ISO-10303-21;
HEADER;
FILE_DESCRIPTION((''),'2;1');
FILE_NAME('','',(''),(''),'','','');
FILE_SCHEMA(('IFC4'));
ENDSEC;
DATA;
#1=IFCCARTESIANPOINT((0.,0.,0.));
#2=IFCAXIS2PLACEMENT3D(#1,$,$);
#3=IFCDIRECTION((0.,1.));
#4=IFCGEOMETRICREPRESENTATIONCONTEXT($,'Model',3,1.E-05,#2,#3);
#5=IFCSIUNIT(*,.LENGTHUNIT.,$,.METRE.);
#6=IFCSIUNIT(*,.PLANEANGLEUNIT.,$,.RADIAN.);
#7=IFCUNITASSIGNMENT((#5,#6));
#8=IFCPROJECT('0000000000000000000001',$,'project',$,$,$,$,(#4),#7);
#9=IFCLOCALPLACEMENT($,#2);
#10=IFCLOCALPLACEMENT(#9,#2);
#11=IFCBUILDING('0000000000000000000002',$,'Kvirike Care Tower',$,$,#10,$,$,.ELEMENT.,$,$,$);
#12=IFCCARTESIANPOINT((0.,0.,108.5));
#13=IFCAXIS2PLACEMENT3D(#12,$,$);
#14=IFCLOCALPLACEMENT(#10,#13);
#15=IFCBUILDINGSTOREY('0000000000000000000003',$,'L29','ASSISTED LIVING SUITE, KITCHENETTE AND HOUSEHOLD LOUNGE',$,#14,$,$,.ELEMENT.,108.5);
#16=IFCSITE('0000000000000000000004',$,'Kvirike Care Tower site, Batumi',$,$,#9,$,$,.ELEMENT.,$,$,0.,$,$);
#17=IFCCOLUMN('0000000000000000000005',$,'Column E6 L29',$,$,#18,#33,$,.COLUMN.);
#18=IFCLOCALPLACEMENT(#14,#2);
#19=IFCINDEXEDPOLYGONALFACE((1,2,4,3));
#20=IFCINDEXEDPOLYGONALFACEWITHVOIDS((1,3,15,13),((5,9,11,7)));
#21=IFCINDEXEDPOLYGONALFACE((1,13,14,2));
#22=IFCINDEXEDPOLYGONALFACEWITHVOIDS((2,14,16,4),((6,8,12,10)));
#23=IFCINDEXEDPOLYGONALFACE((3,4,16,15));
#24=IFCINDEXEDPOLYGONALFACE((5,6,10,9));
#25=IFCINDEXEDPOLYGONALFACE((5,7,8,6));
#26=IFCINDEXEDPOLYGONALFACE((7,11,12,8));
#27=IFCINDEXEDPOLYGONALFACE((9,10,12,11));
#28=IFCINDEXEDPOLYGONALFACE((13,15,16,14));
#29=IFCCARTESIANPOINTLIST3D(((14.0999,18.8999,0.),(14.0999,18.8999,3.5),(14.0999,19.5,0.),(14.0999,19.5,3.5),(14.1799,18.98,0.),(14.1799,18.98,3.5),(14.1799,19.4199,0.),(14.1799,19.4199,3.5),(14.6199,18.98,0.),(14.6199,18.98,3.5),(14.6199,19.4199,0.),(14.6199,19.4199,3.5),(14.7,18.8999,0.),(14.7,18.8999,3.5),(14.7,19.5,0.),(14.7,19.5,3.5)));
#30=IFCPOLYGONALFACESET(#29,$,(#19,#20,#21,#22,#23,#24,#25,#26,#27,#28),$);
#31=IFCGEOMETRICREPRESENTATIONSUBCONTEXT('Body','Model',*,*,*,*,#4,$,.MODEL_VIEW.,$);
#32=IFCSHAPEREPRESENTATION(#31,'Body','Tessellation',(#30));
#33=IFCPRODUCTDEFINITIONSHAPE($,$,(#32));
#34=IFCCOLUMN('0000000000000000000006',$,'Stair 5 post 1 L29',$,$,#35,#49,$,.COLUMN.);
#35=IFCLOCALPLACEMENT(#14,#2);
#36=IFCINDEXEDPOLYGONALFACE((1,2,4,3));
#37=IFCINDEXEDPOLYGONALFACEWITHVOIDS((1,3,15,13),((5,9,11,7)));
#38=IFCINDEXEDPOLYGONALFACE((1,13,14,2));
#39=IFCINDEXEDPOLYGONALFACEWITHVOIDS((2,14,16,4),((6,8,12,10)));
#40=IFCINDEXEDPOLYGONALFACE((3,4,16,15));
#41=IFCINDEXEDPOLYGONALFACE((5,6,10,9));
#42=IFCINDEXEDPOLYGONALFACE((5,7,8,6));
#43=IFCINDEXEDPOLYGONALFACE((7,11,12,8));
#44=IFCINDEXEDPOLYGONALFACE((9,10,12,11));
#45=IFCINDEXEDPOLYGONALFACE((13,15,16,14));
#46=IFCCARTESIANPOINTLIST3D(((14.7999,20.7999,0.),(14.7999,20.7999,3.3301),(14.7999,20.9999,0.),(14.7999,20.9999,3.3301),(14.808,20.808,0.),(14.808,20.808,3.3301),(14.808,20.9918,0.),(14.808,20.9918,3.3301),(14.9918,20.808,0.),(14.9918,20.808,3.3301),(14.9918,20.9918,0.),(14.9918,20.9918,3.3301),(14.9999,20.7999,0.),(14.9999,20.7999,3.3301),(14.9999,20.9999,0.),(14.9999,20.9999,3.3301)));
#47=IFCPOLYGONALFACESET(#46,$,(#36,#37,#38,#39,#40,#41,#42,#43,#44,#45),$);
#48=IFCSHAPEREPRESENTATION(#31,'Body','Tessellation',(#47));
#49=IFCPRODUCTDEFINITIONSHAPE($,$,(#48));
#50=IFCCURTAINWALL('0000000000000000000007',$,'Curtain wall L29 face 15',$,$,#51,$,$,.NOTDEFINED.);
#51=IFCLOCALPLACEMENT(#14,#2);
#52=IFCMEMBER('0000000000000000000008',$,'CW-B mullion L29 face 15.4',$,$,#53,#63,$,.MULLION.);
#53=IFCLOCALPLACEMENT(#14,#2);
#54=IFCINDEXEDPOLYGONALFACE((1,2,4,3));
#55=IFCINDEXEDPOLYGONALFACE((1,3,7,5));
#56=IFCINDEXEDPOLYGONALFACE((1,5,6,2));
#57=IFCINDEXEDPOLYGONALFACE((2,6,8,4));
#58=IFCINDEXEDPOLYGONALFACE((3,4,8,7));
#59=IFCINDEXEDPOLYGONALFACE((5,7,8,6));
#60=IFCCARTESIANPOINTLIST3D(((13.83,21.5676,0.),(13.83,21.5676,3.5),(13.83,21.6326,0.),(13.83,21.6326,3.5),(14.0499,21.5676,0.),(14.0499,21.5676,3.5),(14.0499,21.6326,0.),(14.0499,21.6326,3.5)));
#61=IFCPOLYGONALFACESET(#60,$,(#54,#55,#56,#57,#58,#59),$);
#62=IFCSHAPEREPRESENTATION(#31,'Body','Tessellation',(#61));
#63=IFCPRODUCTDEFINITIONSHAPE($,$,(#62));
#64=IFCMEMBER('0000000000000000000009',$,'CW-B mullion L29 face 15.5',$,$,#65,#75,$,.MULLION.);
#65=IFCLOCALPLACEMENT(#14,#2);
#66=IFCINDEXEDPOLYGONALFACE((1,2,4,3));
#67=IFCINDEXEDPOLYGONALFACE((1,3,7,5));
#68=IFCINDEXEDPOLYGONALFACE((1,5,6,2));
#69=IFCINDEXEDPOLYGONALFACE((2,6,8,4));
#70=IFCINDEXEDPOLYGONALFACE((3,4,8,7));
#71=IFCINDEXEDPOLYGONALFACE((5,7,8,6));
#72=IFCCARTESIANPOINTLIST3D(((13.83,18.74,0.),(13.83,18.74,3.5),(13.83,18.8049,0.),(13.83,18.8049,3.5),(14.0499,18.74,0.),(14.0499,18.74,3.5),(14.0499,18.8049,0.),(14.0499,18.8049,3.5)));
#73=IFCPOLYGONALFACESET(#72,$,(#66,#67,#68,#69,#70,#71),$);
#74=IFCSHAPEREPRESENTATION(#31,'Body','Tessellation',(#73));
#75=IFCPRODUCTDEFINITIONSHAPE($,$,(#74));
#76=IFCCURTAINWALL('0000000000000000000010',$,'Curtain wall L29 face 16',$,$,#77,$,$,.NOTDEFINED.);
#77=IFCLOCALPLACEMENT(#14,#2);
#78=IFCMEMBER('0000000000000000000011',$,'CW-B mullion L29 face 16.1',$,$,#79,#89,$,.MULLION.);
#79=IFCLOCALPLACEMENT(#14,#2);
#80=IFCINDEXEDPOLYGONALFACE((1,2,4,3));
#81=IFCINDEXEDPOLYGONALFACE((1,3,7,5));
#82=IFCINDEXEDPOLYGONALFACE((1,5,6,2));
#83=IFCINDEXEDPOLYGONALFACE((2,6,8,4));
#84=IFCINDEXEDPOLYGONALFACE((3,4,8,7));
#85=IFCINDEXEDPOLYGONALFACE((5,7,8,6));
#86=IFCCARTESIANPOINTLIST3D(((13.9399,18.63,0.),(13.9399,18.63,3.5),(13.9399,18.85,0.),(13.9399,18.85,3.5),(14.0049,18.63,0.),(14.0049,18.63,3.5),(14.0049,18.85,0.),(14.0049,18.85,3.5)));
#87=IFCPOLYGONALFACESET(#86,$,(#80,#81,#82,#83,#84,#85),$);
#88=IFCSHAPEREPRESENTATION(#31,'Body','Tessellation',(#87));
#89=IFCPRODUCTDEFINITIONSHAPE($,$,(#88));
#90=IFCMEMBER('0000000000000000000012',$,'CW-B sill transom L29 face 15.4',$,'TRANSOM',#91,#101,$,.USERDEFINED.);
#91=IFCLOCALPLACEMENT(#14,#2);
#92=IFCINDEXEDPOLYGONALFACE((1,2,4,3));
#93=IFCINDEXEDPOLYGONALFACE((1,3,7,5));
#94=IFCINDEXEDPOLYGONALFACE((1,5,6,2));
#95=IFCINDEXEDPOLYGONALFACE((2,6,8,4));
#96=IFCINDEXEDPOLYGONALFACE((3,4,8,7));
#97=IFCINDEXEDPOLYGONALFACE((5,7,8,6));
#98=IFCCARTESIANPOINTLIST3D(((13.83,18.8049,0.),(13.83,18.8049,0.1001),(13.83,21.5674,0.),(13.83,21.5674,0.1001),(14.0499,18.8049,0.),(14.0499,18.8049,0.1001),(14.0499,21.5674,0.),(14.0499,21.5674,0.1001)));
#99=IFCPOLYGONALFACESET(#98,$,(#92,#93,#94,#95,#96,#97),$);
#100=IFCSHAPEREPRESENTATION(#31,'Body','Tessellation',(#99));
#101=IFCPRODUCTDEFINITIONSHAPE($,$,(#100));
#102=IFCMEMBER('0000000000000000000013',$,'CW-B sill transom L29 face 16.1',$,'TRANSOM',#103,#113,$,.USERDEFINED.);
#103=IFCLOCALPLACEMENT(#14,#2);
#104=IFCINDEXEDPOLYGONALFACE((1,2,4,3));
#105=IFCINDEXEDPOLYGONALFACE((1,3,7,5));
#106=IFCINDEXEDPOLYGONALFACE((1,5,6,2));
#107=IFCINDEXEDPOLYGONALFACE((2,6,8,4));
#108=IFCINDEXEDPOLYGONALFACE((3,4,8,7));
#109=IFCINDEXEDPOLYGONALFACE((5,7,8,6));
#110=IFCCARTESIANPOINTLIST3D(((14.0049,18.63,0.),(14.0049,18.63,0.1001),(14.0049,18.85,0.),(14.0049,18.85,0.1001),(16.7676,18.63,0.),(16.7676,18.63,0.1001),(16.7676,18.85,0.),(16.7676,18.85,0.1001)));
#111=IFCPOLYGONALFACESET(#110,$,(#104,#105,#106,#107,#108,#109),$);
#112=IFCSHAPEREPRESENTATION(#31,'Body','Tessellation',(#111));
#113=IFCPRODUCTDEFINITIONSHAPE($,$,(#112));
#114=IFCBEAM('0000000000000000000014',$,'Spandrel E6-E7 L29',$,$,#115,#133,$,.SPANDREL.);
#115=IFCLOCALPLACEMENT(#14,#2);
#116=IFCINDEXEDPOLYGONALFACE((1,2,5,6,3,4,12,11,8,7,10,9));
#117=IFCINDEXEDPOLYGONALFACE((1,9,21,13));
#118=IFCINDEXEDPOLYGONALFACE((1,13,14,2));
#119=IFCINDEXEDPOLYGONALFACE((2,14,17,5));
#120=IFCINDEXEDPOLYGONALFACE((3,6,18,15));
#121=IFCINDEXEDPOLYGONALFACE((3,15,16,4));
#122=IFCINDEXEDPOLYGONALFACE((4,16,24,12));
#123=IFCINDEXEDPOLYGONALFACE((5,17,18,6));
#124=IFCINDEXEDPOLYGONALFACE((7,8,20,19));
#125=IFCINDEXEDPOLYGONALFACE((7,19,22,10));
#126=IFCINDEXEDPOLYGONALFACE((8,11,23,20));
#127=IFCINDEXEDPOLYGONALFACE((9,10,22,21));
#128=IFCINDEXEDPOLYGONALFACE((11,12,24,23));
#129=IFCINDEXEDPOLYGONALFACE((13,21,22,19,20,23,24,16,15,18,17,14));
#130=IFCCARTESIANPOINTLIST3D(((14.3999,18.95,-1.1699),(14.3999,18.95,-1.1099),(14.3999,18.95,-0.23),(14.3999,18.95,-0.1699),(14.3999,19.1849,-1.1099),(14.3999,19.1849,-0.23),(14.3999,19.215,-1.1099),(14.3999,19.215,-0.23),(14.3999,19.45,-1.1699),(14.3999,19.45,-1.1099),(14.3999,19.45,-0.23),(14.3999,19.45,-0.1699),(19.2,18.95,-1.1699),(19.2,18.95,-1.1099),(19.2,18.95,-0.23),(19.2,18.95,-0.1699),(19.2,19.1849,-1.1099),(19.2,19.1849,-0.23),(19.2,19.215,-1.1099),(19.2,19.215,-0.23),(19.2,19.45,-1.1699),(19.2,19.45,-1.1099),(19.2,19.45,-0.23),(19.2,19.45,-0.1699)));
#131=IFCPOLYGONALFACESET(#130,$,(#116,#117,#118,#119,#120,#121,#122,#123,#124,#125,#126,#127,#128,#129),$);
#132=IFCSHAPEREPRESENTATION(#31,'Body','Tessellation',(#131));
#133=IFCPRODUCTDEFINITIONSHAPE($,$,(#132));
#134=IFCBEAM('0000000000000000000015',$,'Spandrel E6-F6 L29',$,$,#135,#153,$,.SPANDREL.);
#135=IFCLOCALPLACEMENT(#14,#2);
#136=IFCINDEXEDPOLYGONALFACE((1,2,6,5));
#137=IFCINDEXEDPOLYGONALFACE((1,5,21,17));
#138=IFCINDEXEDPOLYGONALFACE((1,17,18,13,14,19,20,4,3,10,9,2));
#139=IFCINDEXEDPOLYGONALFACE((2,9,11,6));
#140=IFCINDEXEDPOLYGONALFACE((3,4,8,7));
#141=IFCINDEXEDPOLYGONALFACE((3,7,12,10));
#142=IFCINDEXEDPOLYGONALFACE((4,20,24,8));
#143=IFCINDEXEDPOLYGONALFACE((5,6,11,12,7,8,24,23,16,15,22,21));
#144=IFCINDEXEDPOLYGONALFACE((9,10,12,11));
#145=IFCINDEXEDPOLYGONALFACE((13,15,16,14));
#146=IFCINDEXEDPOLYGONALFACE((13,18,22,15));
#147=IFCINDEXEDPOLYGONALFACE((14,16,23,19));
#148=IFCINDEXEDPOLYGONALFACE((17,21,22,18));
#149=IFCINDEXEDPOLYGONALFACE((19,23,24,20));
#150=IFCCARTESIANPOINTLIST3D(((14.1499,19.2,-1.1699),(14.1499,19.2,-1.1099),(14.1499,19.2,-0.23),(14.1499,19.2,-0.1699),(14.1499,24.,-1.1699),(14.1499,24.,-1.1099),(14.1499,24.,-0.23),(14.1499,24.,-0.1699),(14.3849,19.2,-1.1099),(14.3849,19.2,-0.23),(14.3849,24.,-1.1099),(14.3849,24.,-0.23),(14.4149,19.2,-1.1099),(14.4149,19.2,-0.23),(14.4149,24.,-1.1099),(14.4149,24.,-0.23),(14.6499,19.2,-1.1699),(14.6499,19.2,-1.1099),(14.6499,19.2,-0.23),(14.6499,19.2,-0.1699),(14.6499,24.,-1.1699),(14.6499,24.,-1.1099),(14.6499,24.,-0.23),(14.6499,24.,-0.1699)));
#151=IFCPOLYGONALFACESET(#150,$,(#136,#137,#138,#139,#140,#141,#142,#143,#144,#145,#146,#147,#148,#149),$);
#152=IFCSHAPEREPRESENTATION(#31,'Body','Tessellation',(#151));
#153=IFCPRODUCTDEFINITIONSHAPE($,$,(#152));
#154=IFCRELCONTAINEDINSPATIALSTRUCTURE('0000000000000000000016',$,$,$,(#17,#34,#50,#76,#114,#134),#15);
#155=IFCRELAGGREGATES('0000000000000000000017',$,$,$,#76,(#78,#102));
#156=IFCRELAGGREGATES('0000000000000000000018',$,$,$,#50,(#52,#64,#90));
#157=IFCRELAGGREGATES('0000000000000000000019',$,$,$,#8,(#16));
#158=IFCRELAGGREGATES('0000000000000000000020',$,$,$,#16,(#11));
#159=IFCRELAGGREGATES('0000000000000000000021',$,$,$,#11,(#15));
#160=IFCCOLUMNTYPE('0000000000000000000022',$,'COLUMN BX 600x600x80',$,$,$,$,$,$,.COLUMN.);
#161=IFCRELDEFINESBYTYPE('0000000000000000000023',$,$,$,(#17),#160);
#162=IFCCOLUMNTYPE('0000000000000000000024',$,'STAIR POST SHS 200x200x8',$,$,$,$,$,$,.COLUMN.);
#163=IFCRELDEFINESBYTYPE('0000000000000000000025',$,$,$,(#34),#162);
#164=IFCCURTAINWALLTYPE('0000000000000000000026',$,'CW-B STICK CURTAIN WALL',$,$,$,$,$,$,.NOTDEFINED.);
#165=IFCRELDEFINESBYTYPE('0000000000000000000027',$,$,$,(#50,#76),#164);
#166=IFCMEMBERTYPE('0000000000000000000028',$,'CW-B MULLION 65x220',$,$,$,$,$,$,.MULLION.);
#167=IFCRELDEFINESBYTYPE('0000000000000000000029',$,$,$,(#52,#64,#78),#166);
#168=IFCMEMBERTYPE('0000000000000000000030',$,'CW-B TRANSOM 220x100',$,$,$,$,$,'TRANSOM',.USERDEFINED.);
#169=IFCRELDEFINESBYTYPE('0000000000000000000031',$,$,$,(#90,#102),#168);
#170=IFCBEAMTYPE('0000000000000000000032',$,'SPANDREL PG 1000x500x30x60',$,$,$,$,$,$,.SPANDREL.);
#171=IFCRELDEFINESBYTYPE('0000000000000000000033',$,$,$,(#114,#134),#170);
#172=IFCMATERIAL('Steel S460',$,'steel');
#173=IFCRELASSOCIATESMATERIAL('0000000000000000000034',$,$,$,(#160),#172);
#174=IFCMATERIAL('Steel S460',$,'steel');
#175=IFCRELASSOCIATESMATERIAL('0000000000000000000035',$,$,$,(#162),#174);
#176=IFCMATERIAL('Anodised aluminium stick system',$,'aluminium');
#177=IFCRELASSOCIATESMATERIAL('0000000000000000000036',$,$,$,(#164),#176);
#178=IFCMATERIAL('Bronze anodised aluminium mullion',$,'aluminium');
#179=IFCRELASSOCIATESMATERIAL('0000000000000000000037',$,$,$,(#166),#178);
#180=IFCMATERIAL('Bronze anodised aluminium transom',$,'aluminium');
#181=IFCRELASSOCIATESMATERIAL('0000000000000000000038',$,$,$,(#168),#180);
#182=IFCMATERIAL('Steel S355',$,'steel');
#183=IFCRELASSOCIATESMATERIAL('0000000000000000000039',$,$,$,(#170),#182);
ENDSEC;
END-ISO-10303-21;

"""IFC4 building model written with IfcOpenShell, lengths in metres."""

from ifc_helpers import new_model, si_unit, direction, frame, origin, origin_2d, place, context, subcontext, project, spatial, rectangle, hollow_rectangle, i_section, extrude, material, material_profile, profile_set, type_object, element, aggregate, save


model = new_model("IFC4")

# Units and contexts
model_context = context("Model", 3, precision=1e-05, world=origin(), true_north=direction((0.0, 1.0)))
body_context = subcontext(model_context, "Body", "Model", "MODEL_VIEW")
ifc_project = project(units=[si_unit("LENGTHUNIT", "METRE"), si_unit("PLANEANGLEUNIT", "RADIAN")], contexts=[model_context])

# Site, building, storey
site_placement = place(None, origin())
site = spatial("IfcSite", under=ifc_project, at=site_placement, Name="Kvirike Care Tower site, Batumi", CompositionType="ELEMENT", RefElevation=0.0)
building_placement = place(site_placement, origin())
building = spatial("IfcBuilding", under=site, at=building_placement, Name="Kvirike Care Tower", CompositionType="ELEMENT")
storey_placement = place(building_placement, frame((0.0, 0.0, 108.5)))
storey = spatial("IfcBuildingStorey", under=building, at=storey_placement, Name="L29", Description="ASSISTED LIVING SUITE, KITCHENETTE AND HOUSEHOLD LOUNGE", CompositionType="ELEMENT", Elevation=108.5)

# Columns
ifc_material_1 = material(Name="Steel S460", Category="steel")
ifc_material_profile_1 = material_profile(ifc_material_1, hollow_rectangle(XDim=0.6001, YDim=0.6001, WallThickness=0.0801, at=origin_2d()), Name="BX 600x600x80")
ifc_profile_set_1 = profile_set([ifc_material_profile_1], Name="Steel S460")
column_type_1 = type_object("IfcColumnType", Name="COLUMN BX 600x600x80", PredefinedType="COLUMN", material=ifc_profile_set_1)
column_1_placement = place(storey_placement, frame((14.3999, 19.2, 0.0), z_axis=(0.0, 0.0, 1.0), x_axis=(0.0, 1.0, 0.0)))
element("IfcColumn", 1, at=column_1_placement, inside=storey, type_object=column_type_1, Name="Column E6 L29", PredefinedType="COLUMN", context=body_context, shape_type="SweptSolid", body=[
    extrude(hollow_rectangle(XDim=0.6001, YDim=0.6001, WallThickness=0.0801, at=origin_2d()), origin(), (0.0, 0.0, 1.0), 3.5),
])
ifc_material_2 = material(Name="Steel S460", Category="steel")
ifc_material_profile_2 = material_profile(ifc_material_2, hollow_rectangle(XDim=0.2, YDim=0.2, WallThickness=0.0081, at=origin_2d()), Name="SHS 200x200x8")
ifc_profile_set_2 = profile_set([ifc_material_profile_2], Name="Steel S460")
column_type_2 = type_object("IfcColumnType", Name="STAIR POST SHS 200x200x8", PredefinedType="COLUMN", material=ifc_profile_set_2)
column_2_placement = place(storey_placement, frame((14.8999, 20.8999, 0.0), z_axis=(0.0, 0.0, 1.0), x_axis=(1.0, 0.0, 0.0)))
element("IfcColumn", 2, at=column_2_placement, inside=storey, type_object=column_type_2, Name="Stair 5 post 1 L29", PredefinedType="COLUMN", context=body_context, shape_type="SweptSolid", body=[
    extrude(hollow_rectangle(XDim=0.2, YDim=0.2, WallThickness=0.0081, at=origin_2d()), origin(), (0.0, 0.0, 1.0), 3.3301),
])

# Curtain wall, members
ifc_material_3 = material(Name="Anodised aluminium stick system", Category="aluminium")
curtain_wall_type = type_object("IfcCurtainWallType", Name="CW-B STICK CURTAIN WALL", PredefinedType="NOTDEFINED", material=ifc_material_3)
curtain_wall_1_placement = place(storey_placement, origin())
curtain_wall_1 = element("IfcCurtainWall", 3, at=curtain_wall_1_placement, inside=storey, type_object=curtain_wall_type, Name="Curtain wall L29 face 15", PredefinedType="NOTDEFINED")
ifc_material_4 = material(Name="Bronze anodised aluminium mullion", Category="aluminium")
ifc_material_profile_3 = material_profile(ifc_material_4, rectangle(XDim=0.0649, YDim=0.22, at=origin_2d()), Name="CW-B MULLION 65x220")
ifc_profile_set_3 = profile_set([ifc_material_profile_3], Name="Bronze anodised aluminium mullion")
member_type_1 = type_object("IfcMemberType", Name="CW-B MULLION 65x220", PredefinedType="MULLION", material=ifc_profile_set_3)
member_1_placement = place(storey_placement, frame((13.9399, 21.6001, 0.0), z_axis=(0.0, 0.0, 1.0), x_axis=(0.0, -1.0, 0.0)))
member_1 = element("IfcMember", 4, at=member_1_placement, type_object=member_type_1, Name="CW-B mullion L29 face 15.4", PredefinedType="MULLION", context=body_context, shape_type="SweptSolid", body=[
    extrude(rectangle(XDim=0.0649, YDim=0.22, at=origin_2d()), origin(), (0.0, 0.0, 1.0), 3.5),
])
member_2_placement = place(storey_placement, frame((13.9399, 18.7725, 0.0), z_axis=(0.0, 0.0, 1.0), x_axis=(0.0, -1.0, 0.0)))
member_2 = element("IfcMember", 5, at=member_2_placement, type_object=member_type_1, Name="CW-B mullion L29 face 15.5", PredefinedType="MULLION", context=body_context, shape_type="SweptSolid", body=[
    extrude(rectangle(XDim=0.0649, YDim=0.22, at=origin_2d()), origin(), (0.0, 0.0, 1.0), 3.5),
])

# Curtain wall, member
curtain_wall_2_placement = place(storey_placement, origin())
curtain_wall_2 = element("IfcCurtainWall", 6, at=curtain_wall_2_placement, inside=storey, type_object=curtain_wall_type, Name="Curtain wall L29 face 16", PredefinedType="NOTDEFINED")
member_3_placement = place(storey_placement, frame((13.9724, 18.74, 0.0), z_axis=(0.0, 0.0, 1.0), x_axis=(1.0, 0.0, 0.0)))
member_3 = element("IfcMember", 7, at=member_3_placement, type_object=member_type_1, Name="CW-B mullion L29 face 16.1", PredefinedType="MULLION", context=body_context, shape_type="SweptSolid", body=[
    extrude(rectangle(XDim=0.0649, YDim=0.22, at=origin_2d()), origin(), (0.0, 0.0, 1.0), 3.5),
])

# Members
ifc_material_5 = material(Name="Bronze anodised aluminium transom", Category="aluminium")
ifc_material_profile_4 = material_profile(ifc_material_5, rectangle(XDim=0.22, YDim=0.1001, at=origin_2d()), Name="CW-B TRANSOM 220x100")
ifc_profile_set_4 = profile_set([ifc_material_profile_4], Name="Bronze anodised aluminium transom")
member_type_2 = type_object("IfcMemberType", Name="CW-B TRANSOM 220x100", ElementType="TRANSOM", PredefinedType="USERDEFINED", material=ifc_profile_set_4)
member_4_placement = place(storey_placement, frame((13.9399, 21.5674, 0.05), z_axis=(0.0, -1.0, 0.0), x_axis=(1.0, 0.0, 0.0)))
member_4 = element("IfcMember", 8, at=member_4_placement, type_object=member_type_2, Name="CW-B sill transom L29 face 15.4", ObjectType="TRANSOM", PredefinedType="USERDEFINED", context=body_context, shape_type="SweptSolid", body=[
    extrude(rectangle(XDim=0.22, YDim=0.1001, at=origin_2d()), origin(), (0.0, 0.0, 1.0), 2.7625),
])
member_5_placement = place(storey_placement, frame((14.0049, 18.74, 0.05), z_axis=(1.0, 0.0, 0.0), x_axis=(0.0, 1.0, 0.0)))
member_5 = element("IfcMember", 9, at=member_5_placement, type_object=member_type_2, Name="CW-B sill transom L29 face 16.1", ObjectType="TRANSOM", PredefinedType="USERDEFINED", context=body_context, shape_type="SweptSolid", body=[
    extrude(rectangle(XDim=0.22, YDim=0.1001, at=origin_2d()), origin(), (0.0, 0.0, 1.0), 2.7627),
])
aggregate(curtain_wall_2, [member_3, member_5])

# Beams
ifc_material_6 = material(Name="Steel S355", Category="steel")
ifc_material_profile_5 = material_profile(ifc_material_6, i_section(OverallWidth=0.5, OverallDepth=1.0, WebThickness=0.03, FlangeThickness=0.0601, at=origin_2d()), Name="PG 1000x500x30x60")
ifc_profile_set_5 = profile_set([ifc_material_profile_5], Name="Steel S355")
beam_type = type_object("IfcBeamType", Name="SPANDREL PG 1000x500x30x60", PredefinedType="SPANDREL", material=ifc_profile_set_5)
for number, where, z_axis, x_axis, name in (
    (10, (14.3999, 19.2, -0.6699), (1.0, 0.0, 0.0), (0.0, 1.0, 0.0), "Spandrel E6-E7 L29"),
    (11, (14.3999, 19.2, -0.6699), (0.0, 1.0, 0.0), (-1.0, 0.0, 0.0), "Spandrel E6-F6 L29"),
):
    element("IfcBeam", number, at=place(storey_placement, frame(where, z_axis=z_axis, x_axis=x_axis)), inside=storey, type_object=beam_type, Name=name, PredefinedType="SPANDREL", context=body_context, shape_type="SweptSolid", body=[
        extrude(i_section(OverallWidth=0.5, OverallDepth=1.0, WebThickness=0.03, FlangeThickness=0.0601, at=origin_2d()), origin(), (0.0, 0.0, 1.0), 4.8),
    ])

aggregate(curtain_wall_1, [member_1, member_2, member_4])

save(model, "model.ifc")
